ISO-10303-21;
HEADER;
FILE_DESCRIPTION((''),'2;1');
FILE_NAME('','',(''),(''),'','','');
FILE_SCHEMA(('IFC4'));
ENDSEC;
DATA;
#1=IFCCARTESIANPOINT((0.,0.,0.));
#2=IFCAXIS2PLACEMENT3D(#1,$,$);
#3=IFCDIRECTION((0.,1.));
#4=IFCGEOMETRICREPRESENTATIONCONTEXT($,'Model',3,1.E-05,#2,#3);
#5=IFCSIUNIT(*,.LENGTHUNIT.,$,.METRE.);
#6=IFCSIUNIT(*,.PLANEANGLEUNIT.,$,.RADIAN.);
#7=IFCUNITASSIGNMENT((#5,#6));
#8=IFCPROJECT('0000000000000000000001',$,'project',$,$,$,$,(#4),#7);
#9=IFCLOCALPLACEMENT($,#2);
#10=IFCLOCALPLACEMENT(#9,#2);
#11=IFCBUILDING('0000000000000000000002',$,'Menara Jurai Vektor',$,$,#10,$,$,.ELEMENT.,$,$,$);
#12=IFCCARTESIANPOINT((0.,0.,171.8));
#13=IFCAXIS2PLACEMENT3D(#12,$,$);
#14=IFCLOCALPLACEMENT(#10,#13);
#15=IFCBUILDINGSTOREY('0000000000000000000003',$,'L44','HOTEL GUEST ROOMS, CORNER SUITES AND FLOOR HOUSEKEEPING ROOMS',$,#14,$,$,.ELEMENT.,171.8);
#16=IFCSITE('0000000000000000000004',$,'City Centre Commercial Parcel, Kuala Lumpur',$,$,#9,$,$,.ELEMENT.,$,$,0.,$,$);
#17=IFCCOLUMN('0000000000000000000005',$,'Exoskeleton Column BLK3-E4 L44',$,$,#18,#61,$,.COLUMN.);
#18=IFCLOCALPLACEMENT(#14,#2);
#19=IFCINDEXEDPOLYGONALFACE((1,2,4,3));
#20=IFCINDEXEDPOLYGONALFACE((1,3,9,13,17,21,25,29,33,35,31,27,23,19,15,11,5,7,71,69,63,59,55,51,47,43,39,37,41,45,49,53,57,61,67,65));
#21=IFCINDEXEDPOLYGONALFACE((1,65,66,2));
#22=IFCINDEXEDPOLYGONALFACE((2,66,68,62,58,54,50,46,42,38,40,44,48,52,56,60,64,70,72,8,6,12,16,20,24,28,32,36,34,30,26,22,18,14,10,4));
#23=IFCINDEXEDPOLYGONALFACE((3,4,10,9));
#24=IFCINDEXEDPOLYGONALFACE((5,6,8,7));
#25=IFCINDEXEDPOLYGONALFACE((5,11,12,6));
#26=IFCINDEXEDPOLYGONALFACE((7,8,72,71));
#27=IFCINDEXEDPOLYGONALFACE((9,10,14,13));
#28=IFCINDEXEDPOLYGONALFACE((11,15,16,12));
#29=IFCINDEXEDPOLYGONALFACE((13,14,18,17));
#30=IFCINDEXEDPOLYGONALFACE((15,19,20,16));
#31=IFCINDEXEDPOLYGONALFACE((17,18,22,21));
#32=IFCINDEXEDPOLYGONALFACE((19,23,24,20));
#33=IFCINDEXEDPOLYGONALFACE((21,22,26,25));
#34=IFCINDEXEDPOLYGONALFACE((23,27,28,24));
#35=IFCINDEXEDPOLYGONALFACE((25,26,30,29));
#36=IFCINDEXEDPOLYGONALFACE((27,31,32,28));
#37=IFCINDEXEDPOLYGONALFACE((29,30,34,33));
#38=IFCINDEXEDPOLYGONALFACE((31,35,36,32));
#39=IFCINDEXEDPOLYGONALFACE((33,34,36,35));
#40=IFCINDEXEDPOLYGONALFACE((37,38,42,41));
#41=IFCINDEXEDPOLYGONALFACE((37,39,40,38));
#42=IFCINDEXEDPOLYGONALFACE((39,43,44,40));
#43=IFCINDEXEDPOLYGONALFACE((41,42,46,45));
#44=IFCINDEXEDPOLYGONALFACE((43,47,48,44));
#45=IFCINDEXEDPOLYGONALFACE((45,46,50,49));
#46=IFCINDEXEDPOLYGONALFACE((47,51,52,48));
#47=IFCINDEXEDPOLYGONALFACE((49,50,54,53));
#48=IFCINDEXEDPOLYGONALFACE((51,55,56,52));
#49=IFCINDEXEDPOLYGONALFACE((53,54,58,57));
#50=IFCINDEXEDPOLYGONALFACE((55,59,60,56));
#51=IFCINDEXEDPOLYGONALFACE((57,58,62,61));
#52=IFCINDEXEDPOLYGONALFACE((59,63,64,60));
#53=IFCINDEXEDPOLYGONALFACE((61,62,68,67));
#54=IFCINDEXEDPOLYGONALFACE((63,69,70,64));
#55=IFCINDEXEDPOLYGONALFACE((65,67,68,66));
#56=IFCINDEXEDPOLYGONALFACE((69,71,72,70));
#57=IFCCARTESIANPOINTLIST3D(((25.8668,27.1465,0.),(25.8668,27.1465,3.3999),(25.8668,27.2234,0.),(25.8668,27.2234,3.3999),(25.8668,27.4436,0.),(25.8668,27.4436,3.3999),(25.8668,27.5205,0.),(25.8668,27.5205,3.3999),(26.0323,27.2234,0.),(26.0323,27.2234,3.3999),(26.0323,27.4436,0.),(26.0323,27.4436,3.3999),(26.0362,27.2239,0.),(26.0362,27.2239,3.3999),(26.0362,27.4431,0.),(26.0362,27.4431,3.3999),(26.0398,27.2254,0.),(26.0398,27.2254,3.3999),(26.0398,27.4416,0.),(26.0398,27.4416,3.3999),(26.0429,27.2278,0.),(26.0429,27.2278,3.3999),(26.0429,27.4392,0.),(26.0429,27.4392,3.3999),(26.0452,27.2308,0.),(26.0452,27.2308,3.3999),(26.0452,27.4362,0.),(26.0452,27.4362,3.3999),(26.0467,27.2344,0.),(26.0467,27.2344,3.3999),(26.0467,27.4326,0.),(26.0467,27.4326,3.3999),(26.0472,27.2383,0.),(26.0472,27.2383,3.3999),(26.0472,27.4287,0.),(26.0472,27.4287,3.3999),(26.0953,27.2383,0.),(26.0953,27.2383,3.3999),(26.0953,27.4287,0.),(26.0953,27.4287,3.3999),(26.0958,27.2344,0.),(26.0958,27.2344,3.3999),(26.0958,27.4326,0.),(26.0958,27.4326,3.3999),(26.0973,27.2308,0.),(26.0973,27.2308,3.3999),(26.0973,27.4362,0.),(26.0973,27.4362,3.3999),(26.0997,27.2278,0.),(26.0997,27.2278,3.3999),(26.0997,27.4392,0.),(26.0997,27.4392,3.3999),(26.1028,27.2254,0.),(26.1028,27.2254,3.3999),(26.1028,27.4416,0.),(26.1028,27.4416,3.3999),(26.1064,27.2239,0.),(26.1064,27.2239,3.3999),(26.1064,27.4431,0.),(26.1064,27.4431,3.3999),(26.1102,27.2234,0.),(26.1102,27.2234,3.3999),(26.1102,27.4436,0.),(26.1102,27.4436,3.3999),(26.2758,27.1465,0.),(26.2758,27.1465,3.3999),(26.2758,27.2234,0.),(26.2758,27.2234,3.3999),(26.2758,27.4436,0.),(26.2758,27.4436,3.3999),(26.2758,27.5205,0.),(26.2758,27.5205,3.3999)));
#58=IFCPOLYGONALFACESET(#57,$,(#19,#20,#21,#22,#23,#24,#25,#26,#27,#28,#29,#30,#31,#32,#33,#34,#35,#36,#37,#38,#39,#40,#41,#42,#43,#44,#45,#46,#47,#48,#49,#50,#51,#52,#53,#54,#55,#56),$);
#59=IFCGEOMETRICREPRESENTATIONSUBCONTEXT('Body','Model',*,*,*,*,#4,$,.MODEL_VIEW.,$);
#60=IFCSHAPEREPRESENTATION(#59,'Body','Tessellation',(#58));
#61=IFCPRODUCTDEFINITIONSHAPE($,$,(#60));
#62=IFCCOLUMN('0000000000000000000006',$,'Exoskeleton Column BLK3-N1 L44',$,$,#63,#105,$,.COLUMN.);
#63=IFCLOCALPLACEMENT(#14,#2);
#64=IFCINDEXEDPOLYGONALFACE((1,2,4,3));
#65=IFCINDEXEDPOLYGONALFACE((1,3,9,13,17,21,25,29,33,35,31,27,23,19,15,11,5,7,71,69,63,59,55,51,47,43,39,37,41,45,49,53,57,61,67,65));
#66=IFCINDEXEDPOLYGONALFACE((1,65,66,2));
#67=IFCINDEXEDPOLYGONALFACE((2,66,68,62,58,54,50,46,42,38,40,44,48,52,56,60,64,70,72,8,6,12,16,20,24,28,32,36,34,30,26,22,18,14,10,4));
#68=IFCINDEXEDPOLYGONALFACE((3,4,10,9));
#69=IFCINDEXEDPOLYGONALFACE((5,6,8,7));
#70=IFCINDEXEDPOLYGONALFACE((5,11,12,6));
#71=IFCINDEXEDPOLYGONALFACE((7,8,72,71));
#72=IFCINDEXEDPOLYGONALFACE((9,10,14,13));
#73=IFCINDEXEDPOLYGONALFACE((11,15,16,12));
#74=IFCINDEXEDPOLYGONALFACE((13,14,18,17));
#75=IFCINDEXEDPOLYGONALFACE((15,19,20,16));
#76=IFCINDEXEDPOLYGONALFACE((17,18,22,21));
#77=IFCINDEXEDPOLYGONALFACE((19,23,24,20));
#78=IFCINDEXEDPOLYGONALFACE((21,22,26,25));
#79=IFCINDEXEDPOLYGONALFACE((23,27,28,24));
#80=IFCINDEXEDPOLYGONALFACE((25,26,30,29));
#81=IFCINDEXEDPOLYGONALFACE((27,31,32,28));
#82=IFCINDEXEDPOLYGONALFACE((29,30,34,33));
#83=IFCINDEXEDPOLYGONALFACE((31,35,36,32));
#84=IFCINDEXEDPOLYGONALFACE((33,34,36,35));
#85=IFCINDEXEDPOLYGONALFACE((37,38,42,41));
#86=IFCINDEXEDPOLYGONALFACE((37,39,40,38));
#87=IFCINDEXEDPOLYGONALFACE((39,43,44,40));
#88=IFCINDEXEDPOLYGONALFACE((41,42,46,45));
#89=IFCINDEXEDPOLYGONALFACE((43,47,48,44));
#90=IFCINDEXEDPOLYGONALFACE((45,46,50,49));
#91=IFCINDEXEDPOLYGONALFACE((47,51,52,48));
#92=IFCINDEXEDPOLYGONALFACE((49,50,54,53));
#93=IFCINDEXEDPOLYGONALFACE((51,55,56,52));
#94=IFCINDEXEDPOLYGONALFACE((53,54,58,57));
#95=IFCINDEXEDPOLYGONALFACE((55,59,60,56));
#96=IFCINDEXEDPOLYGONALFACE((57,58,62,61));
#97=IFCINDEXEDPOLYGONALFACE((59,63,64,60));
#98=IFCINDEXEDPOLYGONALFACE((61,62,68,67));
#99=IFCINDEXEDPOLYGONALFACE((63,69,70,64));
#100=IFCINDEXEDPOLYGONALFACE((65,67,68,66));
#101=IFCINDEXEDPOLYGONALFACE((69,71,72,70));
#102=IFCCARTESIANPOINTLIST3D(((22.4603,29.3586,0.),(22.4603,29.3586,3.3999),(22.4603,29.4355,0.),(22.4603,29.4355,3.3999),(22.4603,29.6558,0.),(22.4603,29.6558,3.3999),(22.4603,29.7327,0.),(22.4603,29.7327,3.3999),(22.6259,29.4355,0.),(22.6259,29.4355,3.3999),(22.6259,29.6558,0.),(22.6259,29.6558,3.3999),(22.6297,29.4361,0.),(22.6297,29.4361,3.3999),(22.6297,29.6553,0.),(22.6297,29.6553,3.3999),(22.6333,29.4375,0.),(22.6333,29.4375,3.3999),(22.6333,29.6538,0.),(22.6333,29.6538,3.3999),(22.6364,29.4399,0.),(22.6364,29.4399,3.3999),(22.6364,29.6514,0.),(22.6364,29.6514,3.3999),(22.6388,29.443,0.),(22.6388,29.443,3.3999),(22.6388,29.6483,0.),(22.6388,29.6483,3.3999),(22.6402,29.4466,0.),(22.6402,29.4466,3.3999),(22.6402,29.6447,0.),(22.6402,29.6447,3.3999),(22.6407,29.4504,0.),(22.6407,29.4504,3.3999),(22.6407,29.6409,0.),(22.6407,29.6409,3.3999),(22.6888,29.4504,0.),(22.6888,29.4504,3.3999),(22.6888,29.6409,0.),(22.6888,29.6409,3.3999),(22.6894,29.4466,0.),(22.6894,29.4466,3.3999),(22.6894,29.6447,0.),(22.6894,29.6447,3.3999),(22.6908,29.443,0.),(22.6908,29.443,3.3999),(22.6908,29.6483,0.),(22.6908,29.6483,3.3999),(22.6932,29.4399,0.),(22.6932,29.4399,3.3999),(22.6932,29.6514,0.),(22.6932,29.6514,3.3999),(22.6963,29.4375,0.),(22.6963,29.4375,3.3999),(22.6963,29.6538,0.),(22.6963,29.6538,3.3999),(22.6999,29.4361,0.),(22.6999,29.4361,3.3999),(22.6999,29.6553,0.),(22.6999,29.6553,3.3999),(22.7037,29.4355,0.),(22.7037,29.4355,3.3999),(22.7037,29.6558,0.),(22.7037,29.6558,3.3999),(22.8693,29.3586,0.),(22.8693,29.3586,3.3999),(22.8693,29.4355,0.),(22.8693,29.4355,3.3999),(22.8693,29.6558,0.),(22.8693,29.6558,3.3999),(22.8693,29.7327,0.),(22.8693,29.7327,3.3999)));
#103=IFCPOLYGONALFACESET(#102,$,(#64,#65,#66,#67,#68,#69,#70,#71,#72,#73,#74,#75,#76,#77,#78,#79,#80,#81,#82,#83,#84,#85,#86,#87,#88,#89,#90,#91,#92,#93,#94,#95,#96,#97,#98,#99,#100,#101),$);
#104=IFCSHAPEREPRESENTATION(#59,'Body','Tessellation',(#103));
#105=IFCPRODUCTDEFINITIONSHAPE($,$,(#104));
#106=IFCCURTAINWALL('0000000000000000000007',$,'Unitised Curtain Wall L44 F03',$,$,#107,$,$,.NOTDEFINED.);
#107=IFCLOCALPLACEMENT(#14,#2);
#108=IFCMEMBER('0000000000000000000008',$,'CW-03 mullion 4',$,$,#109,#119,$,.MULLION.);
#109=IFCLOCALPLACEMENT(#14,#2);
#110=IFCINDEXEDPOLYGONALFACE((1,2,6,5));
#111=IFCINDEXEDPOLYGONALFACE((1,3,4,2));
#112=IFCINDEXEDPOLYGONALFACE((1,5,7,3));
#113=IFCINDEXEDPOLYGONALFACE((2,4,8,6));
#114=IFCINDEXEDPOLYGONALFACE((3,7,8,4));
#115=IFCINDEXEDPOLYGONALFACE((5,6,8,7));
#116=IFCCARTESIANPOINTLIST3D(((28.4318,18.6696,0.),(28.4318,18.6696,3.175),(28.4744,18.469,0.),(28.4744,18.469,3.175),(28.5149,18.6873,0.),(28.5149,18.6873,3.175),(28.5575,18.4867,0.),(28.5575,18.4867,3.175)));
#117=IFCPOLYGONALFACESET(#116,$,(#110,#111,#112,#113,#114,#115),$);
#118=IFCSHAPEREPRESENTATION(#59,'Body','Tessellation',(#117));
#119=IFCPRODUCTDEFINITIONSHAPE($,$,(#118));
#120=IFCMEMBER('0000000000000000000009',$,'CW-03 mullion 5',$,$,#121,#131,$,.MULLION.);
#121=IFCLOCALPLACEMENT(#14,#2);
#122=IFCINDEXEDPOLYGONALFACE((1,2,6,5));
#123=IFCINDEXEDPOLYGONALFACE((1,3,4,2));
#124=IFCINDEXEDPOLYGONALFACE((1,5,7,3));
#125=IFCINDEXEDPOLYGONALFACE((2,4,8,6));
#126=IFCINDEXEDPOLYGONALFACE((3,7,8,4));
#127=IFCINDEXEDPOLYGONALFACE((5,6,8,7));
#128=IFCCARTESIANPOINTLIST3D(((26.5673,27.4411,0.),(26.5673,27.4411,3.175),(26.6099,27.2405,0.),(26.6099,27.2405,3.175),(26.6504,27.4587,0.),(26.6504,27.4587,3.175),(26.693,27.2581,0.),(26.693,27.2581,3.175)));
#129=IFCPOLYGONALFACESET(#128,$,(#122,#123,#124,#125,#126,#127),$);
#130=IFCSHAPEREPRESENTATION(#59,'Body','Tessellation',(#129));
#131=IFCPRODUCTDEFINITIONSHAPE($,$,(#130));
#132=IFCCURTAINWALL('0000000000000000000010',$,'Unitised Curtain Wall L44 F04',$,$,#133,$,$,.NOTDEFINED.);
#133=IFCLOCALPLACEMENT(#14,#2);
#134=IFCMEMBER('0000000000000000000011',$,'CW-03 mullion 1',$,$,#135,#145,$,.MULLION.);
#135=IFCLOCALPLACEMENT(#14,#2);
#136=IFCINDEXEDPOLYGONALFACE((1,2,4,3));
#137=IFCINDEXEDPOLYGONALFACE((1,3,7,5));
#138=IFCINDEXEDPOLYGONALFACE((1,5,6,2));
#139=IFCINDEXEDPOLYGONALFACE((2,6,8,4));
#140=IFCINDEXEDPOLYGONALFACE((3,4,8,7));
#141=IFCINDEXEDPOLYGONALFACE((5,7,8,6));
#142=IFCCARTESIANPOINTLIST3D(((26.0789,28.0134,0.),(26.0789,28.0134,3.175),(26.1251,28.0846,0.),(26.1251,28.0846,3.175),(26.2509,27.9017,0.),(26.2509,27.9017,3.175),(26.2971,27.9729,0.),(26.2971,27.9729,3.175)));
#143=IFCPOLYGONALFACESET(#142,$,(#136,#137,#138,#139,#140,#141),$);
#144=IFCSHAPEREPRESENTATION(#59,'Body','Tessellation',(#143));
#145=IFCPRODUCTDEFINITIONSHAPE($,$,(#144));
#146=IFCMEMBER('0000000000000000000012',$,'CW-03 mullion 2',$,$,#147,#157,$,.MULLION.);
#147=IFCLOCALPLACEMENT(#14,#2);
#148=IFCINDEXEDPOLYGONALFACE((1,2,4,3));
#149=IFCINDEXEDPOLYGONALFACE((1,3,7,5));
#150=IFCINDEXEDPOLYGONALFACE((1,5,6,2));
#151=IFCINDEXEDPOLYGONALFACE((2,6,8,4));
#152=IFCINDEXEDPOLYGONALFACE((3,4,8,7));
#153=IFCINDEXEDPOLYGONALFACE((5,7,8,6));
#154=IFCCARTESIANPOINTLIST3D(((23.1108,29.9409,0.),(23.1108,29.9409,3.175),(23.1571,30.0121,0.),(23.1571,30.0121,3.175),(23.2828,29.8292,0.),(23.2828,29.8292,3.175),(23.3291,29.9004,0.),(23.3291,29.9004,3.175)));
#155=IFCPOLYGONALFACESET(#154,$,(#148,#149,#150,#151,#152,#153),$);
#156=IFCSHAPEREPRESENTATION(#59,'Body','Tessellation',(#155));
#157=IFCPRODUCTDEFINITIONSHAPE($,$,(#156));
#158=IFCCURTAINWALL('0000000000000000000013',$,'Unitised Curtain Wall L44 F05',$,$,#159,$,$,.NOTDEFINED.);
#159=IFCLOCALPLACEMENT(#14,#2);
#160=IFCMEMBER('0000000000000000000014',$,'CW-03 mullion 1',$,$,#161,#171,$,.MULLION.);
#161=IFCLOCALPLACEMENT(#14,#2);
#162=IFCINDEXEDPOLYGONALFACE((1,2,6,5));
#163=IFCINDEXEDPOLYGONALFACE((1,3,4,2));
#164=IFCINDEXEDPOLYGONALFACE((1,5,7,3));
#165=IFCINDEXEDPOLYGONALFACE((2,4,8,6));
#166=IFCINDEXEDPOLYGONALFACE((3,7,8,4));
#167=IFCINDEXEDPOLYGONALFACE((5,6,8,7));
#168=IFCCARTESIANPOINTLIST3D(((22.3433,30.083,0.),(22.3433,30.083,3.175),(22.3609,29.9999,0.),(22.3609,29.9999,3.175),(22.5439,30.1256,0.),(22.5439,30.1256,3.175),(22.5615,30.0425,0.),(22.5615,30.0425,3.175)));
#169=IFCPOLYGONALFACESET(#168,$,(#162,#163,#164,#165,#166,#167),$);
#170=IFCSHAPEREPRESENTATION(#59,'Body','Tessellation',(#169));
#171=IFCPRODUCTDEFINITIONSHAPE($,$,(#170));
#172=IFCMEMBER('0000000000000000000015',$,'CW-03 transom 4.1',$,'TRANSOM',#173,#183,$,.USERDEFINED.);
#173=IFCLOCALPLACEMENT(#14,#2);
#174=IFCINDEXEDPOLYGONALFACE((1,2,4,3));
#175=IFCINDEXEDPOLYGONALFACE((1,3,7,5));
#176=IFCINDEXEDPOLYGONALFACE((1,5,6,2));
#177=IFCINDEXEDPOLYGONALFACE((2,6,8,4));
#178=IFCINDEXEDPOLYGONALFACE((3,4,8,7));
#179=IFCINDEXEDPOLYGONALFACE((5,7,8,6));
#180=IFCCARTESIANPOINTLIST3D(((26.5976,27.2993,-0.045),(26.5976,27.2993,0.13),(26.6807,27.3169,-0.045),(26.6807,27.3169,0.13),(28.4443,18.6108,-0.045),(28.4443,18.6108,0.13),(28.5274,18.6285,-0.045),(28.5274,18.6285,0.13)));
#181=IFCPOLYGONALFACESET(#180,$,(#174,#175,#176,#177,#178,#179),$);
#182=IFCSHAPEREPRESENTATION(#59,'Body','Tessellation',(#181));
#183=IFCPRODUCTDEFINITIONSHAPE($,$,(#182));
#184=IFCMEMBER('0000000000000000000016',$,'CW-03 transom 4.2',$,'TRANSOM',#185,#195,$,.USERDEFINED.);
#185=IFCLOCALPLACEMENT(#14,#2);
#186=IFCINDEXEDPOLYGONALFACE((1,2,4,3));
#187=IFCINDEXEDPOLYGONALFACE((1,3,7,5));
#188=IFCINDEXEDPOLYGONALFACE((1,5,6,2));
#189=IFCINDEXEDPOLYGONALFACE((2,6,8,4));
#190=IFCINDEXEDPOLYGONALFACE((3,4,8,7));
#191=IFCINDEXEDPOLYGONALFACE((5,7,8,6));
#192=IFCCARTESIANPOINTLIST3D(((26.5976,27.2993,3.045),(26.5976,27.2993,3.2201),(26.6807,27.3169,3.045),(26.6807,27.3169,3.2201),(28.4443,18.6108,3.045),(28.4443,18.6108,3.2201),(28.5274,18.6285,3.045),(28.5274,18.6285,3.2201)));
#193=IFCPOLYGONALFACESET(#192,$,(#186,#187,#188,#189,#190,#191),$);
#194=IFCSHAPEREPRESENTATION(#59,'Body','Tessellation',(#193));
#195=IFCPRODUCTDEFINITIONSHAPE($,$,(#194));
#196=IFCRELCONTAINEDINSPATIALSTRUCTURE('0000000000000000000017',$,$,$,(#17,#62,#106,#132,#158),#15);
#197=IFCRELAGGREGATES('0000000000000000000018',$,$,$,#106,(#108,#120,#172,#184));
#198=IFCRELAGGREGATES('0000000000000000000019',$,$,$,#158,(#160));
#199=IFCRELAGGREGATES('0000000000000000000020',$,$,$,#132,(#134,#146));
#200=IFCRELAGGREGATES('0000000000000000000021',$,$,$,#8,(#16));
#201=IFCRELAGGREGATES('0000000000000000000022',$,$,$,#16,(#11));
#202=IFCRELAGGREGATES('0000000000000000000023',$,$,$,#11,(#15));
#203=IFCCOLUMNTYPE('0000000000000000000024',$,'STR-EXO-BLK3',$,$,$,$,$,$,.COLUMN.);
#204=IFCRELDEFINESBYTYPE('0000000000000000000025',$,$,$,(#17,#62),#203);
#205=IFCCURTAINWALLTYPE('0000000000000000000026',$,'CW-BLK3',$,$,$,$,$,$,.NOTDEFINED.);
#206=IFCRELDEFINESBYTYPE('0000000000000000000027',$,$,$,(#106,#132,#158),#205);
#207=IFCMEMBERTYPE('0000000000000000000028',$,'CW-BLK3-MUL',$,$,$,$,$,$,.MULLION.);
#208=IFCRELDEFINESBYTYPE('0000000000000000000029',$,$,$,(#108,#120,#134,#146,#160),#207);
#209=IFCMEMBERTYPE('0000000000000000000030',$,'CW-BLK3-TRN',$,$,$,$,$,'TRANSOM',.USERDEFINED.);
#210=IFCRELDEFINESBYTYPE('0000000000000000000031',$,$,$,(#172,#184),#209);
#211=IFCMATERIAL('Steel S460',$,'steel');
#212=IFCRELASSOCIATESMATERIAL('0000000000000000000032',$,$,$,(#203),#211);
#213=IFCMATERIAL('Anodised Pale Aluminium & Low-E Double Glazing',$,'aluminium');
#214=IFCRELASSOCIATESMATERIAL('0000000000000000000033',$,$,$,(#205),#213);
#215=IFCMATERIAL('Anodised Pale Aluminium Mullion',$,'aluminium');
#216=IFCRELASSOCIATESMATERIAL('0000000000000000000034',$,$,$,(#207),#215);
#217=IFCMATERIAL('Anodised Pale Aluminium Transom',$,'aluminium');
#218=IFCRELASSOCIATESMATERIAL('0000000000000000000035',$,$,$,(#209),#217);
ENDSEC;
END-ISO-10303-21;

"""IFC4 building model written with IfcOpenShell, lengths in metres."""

from ifc_helpers import new_model, si_unit, direction, frame, origin, origin_2d, place, context, subcontext, project, spatial, rectangle, i_section, extrude, material, material_profile, profile_set, type_object, element, aggregate, save


model = new_model("IFC4")

# Units and contexts
model_context = context("Model", 3, precision=1e-05, world=origin(), true_north=direction((0.0, 1.0)))
body_context = subcontext(model_context, "Body", "Model", "MODEL_VIEW")
ifc_project = project(units=[si_unit("LENGTHUNIT", "METRE"), si_unit("PLANEANGLEUNIT", "RADIAN")], contexts=[model_context])

# Site, building, storey
site_placement = place(None, origin())
site = spatial("IfcSite", under=ifc_project, at=site_placement, Name="City Centre Commercial Parcel, Kuala Lumpur", CompositionType="ELEMENT", RefElevation=0.0)
building_placement = place(site_placement, origin())
building = spatial("IfcBuilding", under=site, at=building_placement, Name="Menara Jurai Vektor", CompositionType="ELEMENT")
storey_placement = place(building_placement, frame((0.0, 0.0, 171.8)))
storey = spatial("IfcBuildingStorey", under=building, at=storey_placement, Name="L44", Description="HOTEL GUEST ROOMS, CORNER SUITES AND FLOOR HOUSEKEEPING ROOMS", CompositionType="ELEMENT", Elevation=171.8)

# Columns
ifc_material_1 = material(Name="Steel S460", Category="steel")
ifc_material_profile_1 = material_profile(ifc_material_1, i_section(OverallWidth=0.4089, OverallDepth=0.374, WebThickness=0.0481, FlangeThickness=0.0769, FilletRadius=0.0149, at=origin_2d()), Name="HD 400x634")
ifc_profile_set_1 = profile_set([ifc_material_profile_1], Name="Steel S460")
column_type = type_object("IfcColumnType", Name="STR-EXO-BLK3", PredefinedType="COLUMN", material=ifc_profile_set_1)
for number, where, z_axis, x_axis, name in (
    (1, (26.0713, 27.3335, 0.0), (0.0, 0.0, 1.0), (1.0, 0.0, 0.0), "Exoskeleton Column BLK3-E4 L44"),
    (2, (22.6648, 29.5457, 0.0), (0.0, 0.0, 1.0), (1.0, 0.0, 0.0), "Exoskeleton Column BLK3-N1 L44"),
):
    element("IfcColumn", number, at=place(storey_placement, frame(where, z_axis=z_axis, x_axis=x_axis)), inside=storey, type_object=column_type, Name=name, PredefinedType="COLUMN", context=body_context, shape_type="SweptSolid", body=[
        extrude(i_section(OverallWidth=0.4089, OverallDepth=0.374, WebThickness=0.0481, FlangeThickness=0.0769, FilletRadius=0.0149, at=origin_2d()), origin(), (0.0, 0.0, 1.0), 3.3999),
    ])

# Curtain walls, members
ifc_material_2 = material(Name="Anodised Pale Aluminium & Low-E Double Glazing", Category="aluminium")
curtain_wall_type = type_object("IfcCurtainWallType", Name="CW-BLK3", PredefinedType="NOTDEFINED", material=ifc_material_2)
curtain_wall_1_placement = place(storey_placement, origin())
curtain_wall_1 = element("IfcCurtainWall", 3, at=curtain_wall_1_placement, inside=storey, type_object=curtain_wall_type, Name="Unitised Curtain Wall L44 F03", PredefinedType="NOTDEFINED")
ifc_material_3 = material(Name="Anodised Pale Aluminium Mullion", Category="aluminium")
ifc_material_profile_2 = material_profile(ifc_material_3, rectangle(XDim=0.085, YDim=0.2051, at=origin_2d()), Name="ALU MUL 85x205")
ifc_profile_set_2 = profile_set([ifc_material_profile_2], Name="Anodised Pale Aluminium Mullion")
member_type_1 = type_object("IfcMemberType", Name="CW-BLK3-MUL", PredefinedType="MULLION", material=ifc_profile_set_2)
member_1_placement = place(storey_placement, frame((28.4946, 18.5781, 0.0), z_axis=(0.0, 0.0, 1.0), x_axis=(-0.978148, -0.20791, 0.0)))
member_1 = element("IfcMember", 4, at=member_1_placement, type_object=member_type_1, Name="CW-03 mullion 4", PredefinedType="MULLION", context=body_context, shape_type="SweptSolid", body=[
    extrude(rectangle(XDim=0.085, YDim=0.2051, at=origin_2d()), origin(), (0.0, 0.0, 1.0), 3.175),
])
member_2_placement = place(storey_placement, frame((26.6301, 27.3496, 0.0), z_axis=(0.0, 0.0, 1.0), x_axis=(-0.978148, -0.20791, 0.0)))
member_2 = element("IfcMember", 5, at=member_2_placement, type_object=member_type_1, Name="CW-03 mullion 5", PredefinedType="MULLION", context=body_context, shape_type="SweptSolid", body=[
    extrude(rectangle(XDim=0.085, YDim=0.2051, at=origin_2d()), origin(), (0.0, 0.0, 1.0), 3.175),
])
curtain_wall_2_placement = place(storey_placement, origin())
curtain_wall_2 = element("IfcCurtainWall", 6, at=curtain_wall_2_placement, inside=storey, type_object=curtain_wall_type, Name="Unitised Curtain Wall L44 F04", PredefinedType="NOTDEFINED")
member_3_placement = place(storey_placement, frame((26.188, 27.9932, 0.0), z_axis=(0.0, 0.0, 1.0), x_axis=(-0.544618, -0.838684, 0.0)))
member_3 = element("IfcMember", 7, at=member_3_placement, type_object=member_type_1, Name="CW-03 mullion 1", PredefinedType="MULLION", context=body_context, shape_type="SweptSolid", body=[
    extrude(rectangle(XDim=0.085, YDim=0.2051, at=origin_2d()), origin(), (0.0, 0.0, 1.0), 3.175),
])
member_4_placement = place(storey_placement, frame((23.22, 29.9207, 0.0), z_axis=(0.0, 0.0, 1.0), x_axis=(-0.544618, -0.838684, 0.0)))
member_4 = element("IfcMember", 8, at=member_4_placement, type_object=member_type_1, Name="CW-03 mullion 2", PredefinedType="MULLION", context=body_context, shape_type="SweptSolid", body=[
    extrude(rectangle(XDim=0.085, YDim=0.2051, at=origin_2d()), origin(), (0.0, 0.0, 1.0), 3.175),
])

# Curtain wall, member
curtain_wall_3_placement = place(storey_placement, origin())
curtain_wall_3 = element("IfcCurtainWall", 9, at=curtain_wall_3_placement, inside=storey, type_object=curtain_wall_type, Name="Unitised Curtain Wall L44 F05", PredefinedType="NOTDEFINED")
member_5_placement = place(storey_placement, frame((22.4524, 30.0627, 0.0), z_axis=(0.0, 0.0, 1.0), x_axis=(0.207911, -0.978148, 0.0)))
member_5 = element("IfcMember", 10, at=member_5_placement, type_object=member_type_1, Name="CW-03 mullion 1", PredefinedType="MULLION", context=body_context, shape_type="SweptSolid", body=[
    extrude(rectangle(XDim=0.085, YDim=0.2051, at=origin_2d()), origin(), (0.0, 0.0, 1.0), 3.175),
])

# Members
ifc_material_4 = material(Name="Anodised Pale Aluminium Transom", Category="aluminium")
ifc_material_profile_3 = material_profile(ifc_material_4, rectangle(XDim=0.085, YDim=0.175, at=origin_2d()), Name="ALU TRN 85x175")
ifc_profile_set_3 = profile_set([ifc_material_profile_3], Name="Anodised Pale Aluminium Transom")
member_type_2 = type_object("IfcMemberType", Name="CW-BLK3-TRN", ElementType="TRANSOM", PredefinedType="USERDEFINED", material=ifc_profile_set_3)
member_6_placement = place(storey_placement, frame((28.4858, 18.6196, 0.0425), z_axis=(-0.2079, 0.97815, 0.0), x_axis=(-0.97815, -0.2079, 0.0)))
member_6 = element("IfcMember", 11, at=member_6_placement, type_object=member_type_2, Name="CW-03 transom 4.1", ObjectType="TRANSOM", PredefinedType="USERDEFINED", context=body_context, shape_type="SweptSolid", body=[
    extrude(rectangle(XDim=0.085, YDim=0.175, at=origin_2d()), origin(), (0.0, 0.0, 1.0), 8.8826),
])
member_7_placement = place(storey_placement, frame((28.4858, 18.6196, 3.1326), z_axis=(-0.2079, 0.97815, 0.0), x_axis=(-0.97815, -0.2079, 0.0)))
member_7 = element("IfcMember", 12, at=member_7_placement, type_object=member_type_2, Name="CW-03 transom 4.2", ObjectType="TRANSOM", PredefinedType="USERDEFINED", context=body_context, shape_type="SweptSolid", body=[
    extrude(rectangle(XDim=0.085, YDim=0.175, at=origin_2d()), origin(), (0.0, 0.0, 1.0), 8.8826),
])

aggregate(curtain_wall_1, [member_1, member_2, member_6, member_7])
aggregate(curtain_wall_3, [member_5])
aggregate(curtain_wall_2, [member_3, member_4])

save(model, "model.ifc")
